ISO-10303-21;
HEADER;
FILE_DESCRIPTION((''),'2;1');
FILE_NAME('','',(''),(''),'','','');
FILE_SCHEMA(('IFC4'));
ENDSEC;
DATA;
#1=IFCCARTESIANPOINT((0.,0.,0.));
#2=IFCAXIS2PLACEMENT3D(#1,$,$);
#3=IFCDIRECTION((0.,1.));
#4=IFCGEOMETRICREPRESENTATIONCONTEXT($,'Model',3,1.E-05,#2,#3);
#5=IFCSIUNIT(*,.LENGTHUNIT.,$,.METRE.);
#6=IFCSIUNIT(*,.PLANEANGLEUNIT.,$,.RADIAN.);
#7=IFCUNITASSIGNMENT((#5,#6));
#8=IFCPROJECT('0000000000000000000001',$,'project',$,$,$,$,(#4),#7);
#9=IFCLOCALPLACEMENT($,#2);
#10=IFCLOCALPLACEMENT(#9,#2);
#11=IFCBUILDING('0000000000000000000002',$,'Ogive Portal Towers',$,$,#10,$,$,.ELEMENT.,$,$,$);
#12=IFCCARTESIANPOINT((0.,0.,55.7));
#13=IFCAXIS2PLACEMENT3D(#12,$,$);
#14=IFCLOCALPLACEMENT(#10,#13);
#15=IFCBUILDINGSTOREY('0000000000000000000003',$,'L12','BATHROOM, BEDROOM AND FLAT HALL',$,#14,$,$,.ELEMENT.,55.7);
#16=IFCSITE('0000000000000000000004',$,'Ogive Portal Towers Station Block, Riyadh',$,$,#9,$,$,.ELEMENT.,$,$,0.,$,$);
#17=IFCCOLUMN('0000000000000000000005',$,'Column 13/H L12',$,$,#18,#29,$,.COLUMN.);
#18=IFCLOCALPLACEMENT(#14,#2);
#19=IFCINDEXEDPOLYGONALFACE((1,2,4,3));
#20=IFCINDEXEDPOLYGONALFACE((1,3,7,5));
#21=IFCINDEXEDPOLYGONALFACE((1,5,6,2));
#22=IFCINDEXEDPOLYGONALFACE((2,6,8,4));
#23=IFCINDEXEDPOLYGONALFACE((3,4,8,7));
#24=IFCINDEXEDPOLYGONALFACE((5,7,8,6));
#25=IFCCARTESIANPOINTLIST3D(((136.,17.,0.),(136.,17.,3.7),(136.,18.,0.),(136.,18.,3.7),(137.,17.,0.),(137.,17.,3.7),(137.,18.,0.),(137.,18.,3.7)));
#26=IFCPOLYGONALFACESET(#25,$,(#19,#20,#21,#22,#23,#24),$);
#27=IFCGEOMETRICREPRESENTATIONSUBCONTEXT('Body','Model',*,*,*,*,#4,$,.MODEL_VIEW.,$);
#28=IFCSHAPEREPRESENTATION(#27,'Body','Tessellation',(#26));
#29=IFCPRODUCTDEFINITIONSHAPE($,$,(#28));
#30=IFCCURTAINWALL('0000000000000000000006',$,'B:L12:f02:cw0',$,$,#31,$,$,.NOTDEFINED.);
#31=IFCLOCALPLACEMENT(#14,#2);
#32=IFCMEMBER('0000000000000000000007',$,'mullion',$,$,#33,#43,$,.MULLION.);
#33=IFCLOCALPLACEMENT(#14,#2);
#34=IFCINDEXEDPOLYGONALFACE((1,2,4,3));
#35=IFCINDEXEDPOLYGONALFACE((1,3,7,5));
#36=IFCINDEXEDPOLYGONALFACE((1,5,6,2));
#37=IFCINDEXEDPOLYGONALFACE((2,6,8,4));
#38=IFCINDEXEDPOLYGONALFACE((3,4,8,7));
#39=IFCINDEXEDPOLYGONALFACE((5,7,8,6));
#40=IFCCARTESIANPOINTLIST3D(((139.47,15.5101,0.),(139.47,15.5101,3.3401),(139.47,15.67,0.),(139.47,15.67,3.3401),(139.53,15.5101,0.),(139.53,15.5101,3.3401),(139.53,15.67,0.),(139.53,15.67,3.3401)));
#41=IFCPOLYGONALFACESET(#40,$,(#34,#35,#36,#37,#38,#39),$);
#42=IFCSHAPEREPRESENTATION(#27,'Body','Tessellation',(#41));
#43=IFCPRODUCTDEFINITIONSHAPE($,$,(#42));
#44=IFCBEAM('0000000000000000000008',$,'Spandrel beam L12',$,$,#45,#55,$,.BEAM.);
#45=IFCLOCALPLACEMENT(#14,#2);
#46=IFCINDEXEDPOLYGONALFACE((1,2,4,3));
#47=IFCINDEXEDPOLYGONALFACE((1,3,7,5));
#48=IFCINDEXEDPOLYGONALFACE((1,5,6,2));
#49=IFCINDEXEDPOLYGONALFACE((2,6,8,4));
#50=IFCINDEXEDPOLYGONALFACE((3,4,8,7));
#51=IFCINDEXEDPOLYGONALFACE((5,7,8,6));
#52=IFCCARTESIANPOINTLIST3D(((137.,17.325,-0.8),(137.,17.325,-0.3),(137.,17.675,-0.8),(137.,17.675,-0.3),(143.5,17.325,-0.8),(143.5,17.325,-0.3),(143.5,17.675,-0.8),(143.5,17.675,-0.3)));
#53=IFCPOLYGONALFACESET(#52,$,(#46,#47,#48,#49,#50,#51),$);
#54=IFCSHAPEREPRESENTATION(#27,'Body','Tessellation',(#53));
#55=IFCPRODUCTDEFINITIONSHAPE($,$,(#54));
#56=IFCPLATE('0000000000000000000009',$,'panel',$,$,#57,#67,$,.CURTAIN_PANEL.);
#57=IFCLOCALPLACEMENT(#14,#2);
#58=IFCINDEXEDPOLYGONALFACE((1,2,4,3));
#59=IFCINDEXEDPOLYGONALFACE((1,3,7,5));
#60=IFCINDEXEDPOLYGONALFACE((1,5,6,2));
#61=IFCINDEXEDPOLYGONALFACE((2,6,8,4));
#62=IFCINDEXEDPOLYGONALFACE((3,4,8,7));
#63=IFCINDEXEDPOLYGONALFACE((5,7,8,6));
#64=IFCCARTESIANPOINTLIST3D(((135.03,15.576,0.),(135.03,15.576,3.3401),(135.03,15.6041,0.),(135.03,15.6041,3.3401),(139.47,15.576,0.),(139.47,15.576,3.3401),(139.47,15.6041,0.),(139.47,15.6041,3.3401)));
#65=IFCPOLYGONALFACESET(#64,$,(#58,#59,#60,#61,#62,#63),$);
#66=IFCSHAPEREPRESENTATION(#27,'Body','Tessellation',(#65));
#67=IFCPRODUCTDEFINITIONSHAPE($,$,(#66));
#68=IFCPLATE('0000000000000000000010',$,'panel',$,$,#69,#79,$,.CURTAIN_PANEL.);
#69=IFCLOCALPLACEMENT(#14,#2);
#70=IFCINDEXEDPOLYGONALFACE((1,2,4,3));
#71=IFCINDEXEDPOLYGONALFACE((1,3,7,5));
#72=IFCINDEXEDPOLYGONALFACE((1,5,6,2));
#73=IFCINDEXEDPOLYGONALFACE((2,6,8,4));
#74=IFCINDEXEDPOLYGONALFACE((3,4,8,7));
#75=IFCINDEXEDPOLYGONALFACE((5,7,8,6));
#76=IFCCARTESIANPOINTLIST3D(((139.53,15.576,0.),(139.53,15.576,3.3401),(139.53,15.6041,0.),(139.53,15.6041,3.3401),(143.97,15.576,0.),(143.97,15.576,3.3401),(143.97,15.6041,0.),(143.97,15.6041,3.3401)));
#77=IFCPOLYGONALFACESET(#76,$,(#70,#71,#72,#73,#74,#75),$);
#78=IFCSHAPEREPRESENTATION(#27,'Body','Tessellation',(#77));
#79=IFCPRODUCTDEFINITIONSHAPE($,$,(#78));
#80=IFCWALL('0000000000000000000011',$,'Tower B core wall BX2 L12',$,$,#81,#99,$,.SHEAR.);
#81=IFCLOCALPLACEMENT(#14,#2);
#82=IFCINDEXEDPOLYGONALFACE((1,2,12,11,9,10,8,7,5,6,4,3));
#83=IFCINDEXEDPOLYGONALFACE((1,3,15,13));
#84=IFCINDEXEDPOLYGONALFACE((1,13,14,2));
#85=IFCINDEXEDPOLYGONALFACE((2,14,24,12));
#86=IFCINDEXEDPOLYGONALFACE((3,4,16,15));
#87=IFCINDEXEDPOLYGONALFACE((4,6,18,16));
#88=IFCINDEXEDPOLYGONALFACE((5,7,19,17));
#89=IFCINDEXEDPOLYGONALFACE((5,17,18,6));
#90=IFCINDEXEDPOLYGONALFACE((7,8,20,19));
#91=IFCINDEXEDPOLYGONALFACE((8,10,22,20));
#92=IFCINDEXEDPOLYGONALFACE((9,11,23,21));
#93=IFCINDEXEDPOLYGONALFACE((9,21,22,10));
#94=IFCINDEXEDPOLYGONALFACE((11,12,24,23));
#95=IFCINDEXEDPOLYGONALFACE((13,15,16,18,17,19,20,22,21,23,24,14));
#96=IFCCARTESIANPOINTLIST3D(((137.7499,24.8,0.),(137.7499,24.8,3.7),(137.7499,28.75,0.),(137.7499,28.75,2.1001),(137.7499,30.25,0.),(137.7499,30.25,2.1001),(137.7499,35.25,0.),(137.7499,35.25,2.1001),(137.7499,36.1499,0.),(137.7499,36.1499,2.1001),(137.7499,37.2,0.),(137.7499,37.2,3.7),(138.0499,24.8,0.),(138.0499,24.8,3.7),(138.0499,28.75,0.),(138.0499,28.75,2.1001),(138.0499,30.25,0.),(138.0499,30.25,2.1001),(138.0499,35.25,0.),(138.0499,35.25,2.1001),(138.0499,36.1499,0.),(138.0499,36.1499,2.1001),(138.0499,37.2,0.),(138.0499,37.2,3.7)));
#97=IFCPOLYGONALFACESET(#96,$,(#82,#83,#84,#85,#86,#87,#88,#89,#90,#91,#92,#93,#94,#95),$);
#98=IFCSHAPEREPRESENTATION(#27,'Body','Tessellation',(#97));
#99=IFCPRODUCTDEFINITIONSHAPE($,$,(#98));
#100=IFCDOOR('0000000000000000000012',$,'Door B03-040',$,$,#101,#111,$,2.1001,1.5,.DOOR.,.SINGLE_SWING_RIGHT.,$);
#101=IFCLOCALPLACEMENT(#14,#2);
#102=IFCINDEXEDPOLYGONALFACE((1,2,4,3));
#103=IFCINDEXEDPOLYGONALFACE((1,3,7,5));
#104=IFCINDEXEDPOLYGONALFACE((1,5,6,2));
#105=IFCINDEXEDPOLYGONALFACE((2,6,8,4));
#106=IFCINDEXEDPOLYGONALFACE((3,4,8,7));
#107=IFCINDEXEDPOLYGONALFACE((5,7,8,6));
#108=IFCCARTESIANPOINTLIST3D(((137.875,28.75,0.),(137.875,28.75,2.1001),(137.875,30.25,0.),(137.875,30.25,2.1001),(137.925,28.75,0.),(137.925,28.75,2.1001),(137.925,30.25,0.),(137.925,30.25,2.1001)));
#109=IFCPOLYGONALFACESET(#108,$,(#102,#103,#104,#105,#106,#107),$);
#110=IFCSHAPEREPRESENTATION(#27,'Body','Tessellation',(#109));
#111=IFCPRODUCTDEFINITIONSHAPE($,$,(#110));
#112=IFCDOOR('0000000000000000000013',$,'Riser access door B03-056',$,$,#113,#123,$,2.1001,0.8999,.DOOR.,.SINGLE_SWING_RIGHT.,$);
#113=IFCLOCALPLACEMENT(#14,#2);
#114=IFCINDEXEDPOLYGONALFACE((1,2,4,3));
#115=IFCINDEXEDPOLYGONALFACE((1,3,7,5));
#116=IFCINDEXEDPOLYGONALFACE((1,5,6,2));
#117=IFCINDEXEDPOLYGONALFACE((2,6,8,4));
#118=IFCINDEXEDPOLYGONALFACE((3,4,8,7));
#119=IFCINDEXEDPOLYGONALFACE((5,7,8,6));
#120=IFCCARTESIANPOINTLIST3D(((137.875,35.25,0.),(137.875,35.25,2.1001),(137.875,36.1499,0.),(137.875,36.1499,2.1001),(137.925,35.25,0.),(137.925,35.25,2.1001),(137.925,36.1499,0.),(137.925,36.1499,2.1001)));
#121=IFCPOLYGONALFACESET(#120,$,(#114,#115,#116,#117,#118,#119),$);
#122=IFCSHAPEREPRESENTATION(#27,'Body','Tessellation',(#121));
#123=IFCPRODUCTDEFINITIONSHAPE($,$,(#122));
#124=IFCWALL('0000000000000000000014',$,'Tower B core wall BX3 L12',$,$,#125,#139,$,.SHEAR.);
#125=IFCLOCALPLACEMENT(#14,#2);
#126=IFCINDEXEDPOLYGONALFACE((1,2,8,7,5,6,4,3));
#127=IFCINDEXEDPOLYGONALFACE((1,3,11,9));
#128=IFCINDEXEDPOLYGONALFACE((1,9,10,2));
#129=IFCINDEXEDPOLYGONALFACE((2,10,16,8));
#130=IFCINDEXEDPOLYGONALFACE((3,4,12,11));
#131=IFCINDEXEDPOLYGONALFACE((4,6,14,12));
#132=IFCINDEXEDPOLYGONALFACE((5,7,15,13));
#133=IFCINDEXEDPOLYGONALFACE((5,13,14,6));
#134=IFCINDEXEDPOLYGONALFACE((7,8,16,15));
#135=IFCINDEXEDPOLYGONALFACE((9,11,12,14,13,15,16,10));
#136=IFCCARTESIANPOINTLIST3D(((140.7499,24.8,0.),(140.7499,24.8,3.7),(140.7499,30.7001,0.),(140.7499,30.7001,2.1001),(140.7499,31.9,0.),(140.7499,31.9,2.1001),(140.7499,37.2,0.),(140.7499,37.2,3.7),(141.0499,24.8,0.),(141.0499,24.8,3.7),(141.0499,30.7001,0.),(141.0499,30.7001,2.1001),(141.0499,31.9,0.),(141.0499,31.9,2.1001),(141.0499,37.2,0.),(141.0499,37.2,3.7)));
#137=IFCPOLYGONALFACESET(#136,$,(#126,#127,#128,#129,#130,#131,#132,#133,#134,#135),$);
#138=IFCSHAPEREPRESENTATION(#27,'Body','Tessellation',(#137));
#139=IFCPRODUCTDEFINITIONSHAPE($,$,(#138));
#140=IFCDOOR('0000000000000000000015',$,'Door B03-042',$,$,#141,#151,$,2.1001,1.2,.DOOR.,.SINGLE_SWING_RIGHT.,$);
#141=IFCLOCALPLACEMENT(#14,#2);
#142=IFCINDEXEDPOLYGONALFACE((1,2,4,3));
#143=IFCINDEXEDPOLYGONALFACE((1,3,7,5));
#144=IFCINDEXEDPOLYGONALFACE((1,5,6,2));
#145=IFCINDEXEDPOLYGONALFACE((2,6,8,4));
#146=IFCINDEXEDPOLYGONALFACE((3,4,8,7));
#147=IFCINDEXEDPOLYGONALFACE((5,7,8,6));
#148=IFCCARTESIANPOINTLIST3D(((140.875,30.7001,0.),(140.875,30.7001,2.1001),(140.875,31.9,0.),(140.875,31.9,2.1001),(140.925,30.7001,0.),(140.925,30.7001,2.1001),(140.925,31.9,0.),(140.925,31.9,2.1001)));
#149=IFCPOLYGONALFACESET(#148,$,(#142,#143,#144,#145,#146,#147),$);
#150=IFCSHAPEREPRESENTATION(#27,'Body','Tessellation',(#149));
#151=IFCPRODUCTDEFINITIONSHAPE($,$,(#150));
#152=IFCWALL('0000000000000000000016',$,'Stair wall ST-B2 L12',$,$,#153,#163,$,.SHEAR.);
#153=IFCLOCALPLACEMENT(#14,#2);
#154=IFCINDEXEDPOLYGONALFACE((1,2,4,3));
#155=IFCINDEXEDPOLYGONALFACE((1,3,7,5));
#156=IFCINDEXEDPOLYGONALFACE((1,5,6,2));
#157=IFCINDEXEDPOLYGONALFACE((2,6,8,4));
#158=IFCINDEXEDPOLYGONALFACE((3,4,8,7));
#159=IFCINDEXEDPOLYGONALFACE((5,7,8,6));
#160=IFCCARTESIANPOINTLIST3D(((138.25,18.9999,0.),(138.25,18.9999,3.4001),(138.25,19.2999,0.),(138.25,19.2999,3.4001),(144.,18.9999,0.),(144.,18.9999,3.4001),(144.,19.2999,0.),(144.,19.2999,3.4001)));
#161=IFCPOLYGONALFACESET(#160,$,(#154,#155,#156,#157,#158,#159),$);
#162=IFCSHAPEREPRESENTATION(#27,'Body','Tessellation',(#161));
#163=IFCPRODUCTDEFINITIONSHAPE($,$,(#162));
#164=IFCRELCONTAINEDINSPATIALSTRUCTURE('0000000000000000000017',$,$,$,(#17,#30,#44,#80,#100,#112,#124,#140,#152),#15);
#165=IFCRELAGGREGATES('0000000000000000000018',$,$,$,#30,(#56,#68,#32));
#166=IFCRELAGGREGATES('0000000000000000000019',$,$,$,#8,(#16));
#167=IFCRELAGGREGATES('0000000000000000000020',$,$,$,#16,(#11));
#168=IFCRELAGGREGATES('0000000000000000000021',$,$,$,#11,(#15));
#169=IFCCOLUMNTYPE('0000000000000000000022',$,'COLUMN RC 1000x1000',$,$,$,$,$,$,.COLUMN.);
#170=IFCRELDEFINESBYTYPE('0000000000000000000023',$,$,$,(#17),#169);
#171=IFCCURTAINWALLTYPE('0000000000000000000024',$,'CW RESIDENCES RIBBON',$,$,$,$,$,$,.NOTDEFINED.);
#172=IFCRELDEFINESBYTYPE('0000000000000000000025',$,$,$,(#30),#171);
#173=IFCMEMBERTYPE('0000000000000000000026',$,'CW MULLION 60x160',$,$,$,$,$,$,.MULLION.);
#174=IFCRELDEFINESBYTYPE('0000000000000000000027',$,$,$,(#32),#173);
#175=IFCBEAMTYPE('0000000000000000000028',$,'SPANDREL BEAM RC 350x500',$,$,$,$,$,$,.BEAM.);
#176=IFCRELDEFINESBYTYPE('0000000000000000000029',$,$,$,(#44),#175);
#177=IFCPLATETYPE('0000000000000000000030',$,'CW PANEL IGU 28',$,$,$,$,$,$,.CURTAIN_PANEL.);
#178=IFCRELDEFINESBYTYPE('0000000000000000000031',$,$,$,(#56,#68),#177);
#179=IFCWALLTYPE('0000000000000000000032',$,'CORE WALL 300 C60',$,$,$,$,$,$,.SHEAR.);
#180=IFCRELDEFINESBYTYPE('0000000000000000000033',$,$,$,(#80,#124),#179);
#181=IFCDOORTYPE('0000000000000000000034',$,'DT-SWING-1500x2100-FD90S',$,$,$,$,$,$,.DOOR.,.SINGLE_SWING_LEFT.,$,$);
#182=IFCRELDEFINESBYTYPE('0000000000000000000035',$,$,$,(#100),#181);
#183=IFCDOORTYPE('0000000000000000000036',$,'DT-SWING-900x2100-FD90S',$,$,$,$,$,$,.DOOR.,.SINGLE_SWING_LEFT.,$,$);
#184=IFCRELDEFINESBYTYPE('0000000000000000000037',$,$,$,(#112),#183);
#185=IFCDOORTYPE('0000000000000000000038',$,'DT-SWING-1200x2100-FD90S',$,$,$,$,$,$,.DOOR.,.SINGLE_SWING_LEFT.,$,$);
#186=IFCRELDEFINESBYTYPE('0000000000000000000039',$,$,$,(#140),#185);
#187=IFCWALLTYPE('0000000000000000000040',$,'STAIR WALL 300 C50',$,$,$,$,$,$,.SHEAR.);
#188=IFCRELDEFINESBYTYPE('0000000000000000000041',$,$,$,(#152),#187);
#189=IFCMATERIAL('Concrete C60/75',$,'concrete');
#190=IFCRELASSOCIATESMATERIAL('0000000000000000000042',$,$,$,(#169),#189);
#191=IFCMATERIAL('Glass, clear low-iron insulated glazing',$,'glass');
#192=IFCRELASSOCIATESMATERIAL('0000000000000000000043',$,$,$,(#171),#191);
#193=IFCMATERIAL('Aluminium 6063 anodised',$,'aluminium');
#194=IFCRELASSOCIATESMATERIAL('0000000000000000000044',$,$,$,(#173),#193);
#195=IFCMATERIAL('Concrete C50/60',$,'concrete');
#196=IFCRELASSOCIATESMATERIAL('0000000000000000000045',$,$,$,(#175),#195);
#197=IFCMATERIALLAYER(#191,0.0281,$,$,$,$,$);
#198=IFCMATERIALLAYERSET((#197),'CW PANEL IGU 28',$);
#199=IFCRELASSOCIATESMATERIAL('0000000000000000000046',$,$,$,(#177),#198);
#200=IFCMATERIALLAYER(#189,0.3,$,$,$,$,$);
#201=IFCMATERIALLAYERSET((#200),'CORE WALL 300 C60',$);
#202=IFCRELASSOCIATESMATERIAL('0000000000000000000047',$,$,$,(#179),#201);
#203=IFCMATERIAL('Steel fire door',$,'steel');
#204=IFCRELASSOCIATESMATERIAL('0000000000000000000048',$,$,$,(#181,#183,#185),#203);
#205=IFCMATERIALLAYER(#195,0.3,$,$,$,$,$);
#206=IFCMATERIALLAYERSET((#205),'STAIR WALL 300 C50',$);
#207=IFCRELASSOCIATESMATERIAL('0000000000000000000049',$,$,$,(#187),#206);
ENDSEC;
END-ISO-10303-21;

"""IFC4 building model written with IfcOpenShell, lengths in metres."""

from ifc_helpers import new_model, si_unit, direction, frame, frame_2d, origin, origin_2d, place, context, subcontext, project, spatial, rectangle, extrude, material, layer, layer_set, material_profile, profile_set, type_object, element, fill, aggregate, save


model = new_model("IFC4")

# Units and contexts
model_context = context("Model", 3, precision=1e-05, world=origin(), true_north=direction((0.0, 1.0)))
body_context = subcontext(model_context, "Body", "Model", "MODEL_VIEW")
ifc_project = project(units=[si_unit("LENGTHUNIT", "METRE"), si_unit("PLANEANGLEUNIT", "RADIAN")], contexts=[model_context])

# Site, building, storey
site_placement = place(None, origin())
site = spatial("IfcSite", under=ifc_project, at=site_placement, Name="Ogive Portal Towers Station Block, Riyadh", CompositionType="ELEMENT", RefElevation=0.0)
building_placement = place(site_placement, origin())
building = spatial("IfcBuilding", under=site, at=building_placement, Name="Ogive Portal Towers", CompositionType="ELEMENT")
storey_placement = place(building_placement, frame((0.0, 0.0, 55.7)))
storey = spatial("IfcBuildingStorey", under=building, at=storey_placement, Name="L12", Description="BATHROOM, BEDROOM AND FLAT HALL", CompositionType="ELEMENT", Elevation=55.7)

# Column
ifc_material_1 = material(Name="Concrete C60/75", Category="concrete")
ifc_material_profile_1 = material_profile(ifc_material_1, rectangle(XDim=1.0, YDim=1.0, at=origin_2d()), Name="RC 1000x1000")
ifc_profile_set_1 = profile_set([ifc_material_profile_1], Name="Concrete C60/75")
column_type = type_object("IfcColumnType", Name="COLUMN RC 1000x1000", PredefinedType="COLUMN", material=ifc_profile_set_1)
column_placement = place(storey_placement, frame((136.5, 17.5, 0.0), z_axis=(0.0, 0.0, 1.0), x_axis=(1.0, 0.0, 0.0)))
element("IfcColumn", 1, at=column_placement, inside=storey, type_object=column_type, Name="Column 13/H L12", PredefinedType="COLUMN", context=body_context, shape_type="SweptSolid", body=[
    extrude(rectangle(XDim=1.0, YDim=1.0, at=origin_2d()), origin(), (0.0, 0.0, 1.0), 3.7),
])

# Curtain wall, member
ifc_material_2 = material(Name="Glass, clear low-iron insulated glazing", Category="glass")
curtain_wall_type = type_object("IfcCurtainWallType", Name="CW RESIDENCES RIBBON", PredefinedType="NOTDEFINED", material=ifc_material_2)
curtain_wall_placement = place(storey_placement, origin())
curtain_wall = element("IfcCurtainWall", 2, at=curtain_wall_placement, inside=storey, type_object=curtain_wall_type, Name="B:L12:f02:cw0", PredefinedType="NOTDEFINED")
ifc_material_3 = material(Name="Aluminium 6063 anodised", Category="aluminium")
ifc_material_profile_2 = material_profile(ifc_material_3, rectangle(XDim=0.1599, YDim=0.0601, at=origin_2d()), Name="AL 60x160")
ifc_profile_set_2 = profile_set([ifc_material_profile_2], Name="Aluminium 6063 anodised")
member_type = type_object("IfcMemberType", Name="CW MULLION 60x160", PredefinedType="MULLION", material=ifc_profile_set_2)
member_placement = place(storey_placement, frame((139.5, 15.5901, 0.0), z_axis=(0.0, 0.0, 1.0), x_axis=(0.0, 1.0, 0.0)))
member = element("IfcMember", 3, at=member_placement, type_object=member_type, Name="mullion", PredefinedType="MULLION", context=body_context, shape_type="SweptSolid", body=[
    extrude(rectangle(XDim=0.1599, YDim=0.0601, at=origin_2d()), origin(), (0.0, 0.0, 1.0), 3.3401),
])

# Beam
ifc_material_4 = material(Name="Concrete C50/60", Category="concrete")
ifc_material_profile_3 = material_profile(ifc_material_4, rectangle(XDim=0.3501, YDim=0.5, at=origin_2d()), Name="RC 350x500")
ifc_profile_set_3 = profile_set([ifc_material_profile_3], Name="Concrete C50/60")
beam_type = type_object("IfcBeamType", Name="SPANDREL BEAM RC 350x500", PredefinedType="BEAM", material=ifc_profile_set_3)
beam_placement = place(storey_placement, frame((137.0, 17.5, -0.55), z_axis=(1.0, 0.0, 0.0), x_axis=(0.0, 1.0, 0.0)))
element("IfcBeam", 4, at=beam_placement, inside=storey, type_object=beam_type, Name="Spandrel beam L12", PredefinedType="BEAM", context=body_context, shape_type="SweptSolid", body=[
    extrude(rectangle(XDim=0.3501, YDim=0.5, at=origin_2d()), origin(), (0.0, 0.0, 1.0), 6.5),
])

# Plates
ifc_layer_1 = layer(ifc_material_2, 0.0281)
ifc_layer_set_1 = layer_set([ifc_layer_1], Name="CW PANEL IGU 28")
plate_type = type_object("IfcPlateType", Name="CW PANEL IGU 28", PredefinedType="CURTAIN_PANEL", material=ifc_layer_set_1)
plate_1_placement = place(storey_placement, frame((137.25, 15.5901, 0.0), z_axis=(0.0, 0.0, 1.0), x_axis=(1.0, 0.0, 0.0)))
plate_1 = element("IfcPlate", 5, at=plate_1_placement, type_object=plate_type, Name="panel", PredefinedType="CURTAIN_PANEL", context=body_context, shape_type="SweptSolid", body=[
    extrude(rectangle(XDim=4.4399, YDim=0.0281, at=origin_2d()), origin(), (0.0, 0.0, 1.0), 3.3401),
])
plate_2_placement = place(storey_placement, frame((141.75, 15.5901, 0.0), z_axis=(0.0, 0.0, 1.0), x_axis=(1.0, 0.0, 0.0)))
plate_2 = element("IfcPlate", 6, at=plate_2_placement, type_object=plate_type, Name="panel", PredefinedType="CURTAIN_PANEL", context=body_context, shape_type="SweptSolid", body=[
    extrude(rectangle(XDim=4.4399, YDim=0.0281, at=origin_2d()), origin(), (0.0, 0.0, 1.0), 3.3401),
])
aggregate(curtain_wall, [plate_1, plate_2, member])

# Wall, openings, doors
ifc_layer_2 = layer(ifc_material_1, 0.3)
ifc_layer_set_2 = layer_set([ifc_layer_2], Name="CORE WALL 300 C60")
wall_type_1 = type_object("IfcWallType", Name="CORE WALL 300 C60", PredefinedType="SHEAR", material=ifc_layer_set_2)
wall_1_placement = place(storey_placement, frame((137.8999, 24.8, 0.0), z_axis=(0.0, 0.0, 1.0), x_axis=(0.0, 1.0, 0.0)))
wall_1 = element("IfcWall", 7, at=wall_1_placement, inside=storey, type_object=wall_type_1, Name="Tower B core wall BX2 L12", PredefinedType="SHEAR", context=body_context, shape_type="SweptSolid", body=[
    extrude(rectangle(XDim=12.3999, YDim=0.3, at=frame_2d((6.2, 0.0))), origin(), (0.0, 0.0, 1.0), 3.7),
])
opening_1_placement = place(wall_1_placement, frame((3.95, 0.0, 0.0)))
opening_1 = element("IfcOpeningElement", 8, at=opening_1_placement, cuts=wall_1, PredefinedType="OPENING", context=body_context, shape_type="SweptSolid", body=[
    extrude(rectangle(XDim=1.5, YDim=2.1001, at=frame_2d((0.75, 1.05))), frame((0.0, 0.1602, 0.0), z_axis=(0.0, -1.0, 0.0), x_axis=(1.0, 0.0, 0.0)), (0.0, 0.0, 1.0), 0.3201),
])
opening_2_placement = place(wall_1_placement, frame((10.45, 0.0, 0.0)))
opening_2 = element("IfcOpeningElement", 9, at=opening_2_placement, cuts=wall_1, PredefinedType="OPENING", context=body_context, shape_type="SweptSolid", body=[
    extrude(rectangle(XDim=0.8999, YDim=2.1001, at=frame_2d((0.45, 1.05))), frame((0.0, 0.1602, 0.0), z_axis=(0.0, -1.0, 0.0), x_axis=(1.0, 0.0, 0.0)), (0.0, 0.0, 1.0), 0.3201),
])
ifc_material_5 = material(Name="Steel fire door", Category="steel")
door_type_1 = type_object("IfcDoorType", Name="DT-SWING-1500x2100-FD90S", OperationType="SINGLE_SWING_LEFT", PredefinedType="DOOR", material=ifc_material_5)
door_1_placement = place(opening_1_placement, origin())
door_1 = element("IfcDoor", 10, at=door_1_placement, inside=storey, type_object=door_type_1, Name="Door B03-040", OperationType="SINGLE_SWING_RIGHT", OverallHeight=2.1001, OverallWidth=1.5, PredefinedType="DOOR", context=body_context, shape_type="SweptSolid", body=[
    extrude(rectangle(XDim=1.5, YDim=2.1001, at=frame_2d((0.75, 1.05))), frame((0.0, 0.0249, 0.0), z_axis=(0.0, -1.0, 0.0), x_axis=(1.0, 0.0, 0.0)), (0.0, 0.0, 1.0), 0.05),
])
fill(opening_1, door_1)
door_type_2 = type_object("IfcDoorType", Name="DT-SWING-900x2100-FD90S", OperationType="SINGLE_SWING_LEFT", PredefinedType="DOOR", material=ifc_material_5)
door_2_placement = place(opening_2_placement, origin())
door_2 = element("IfcDoor", 11, at=door_2_placement, inside=storey, type_object=door_type_2, Name="Riser access door B03-056", OperationType="SINGLE_SWING_RIGHT", OverallHeight=2.1001, OverallWidth=0.8999, PredefinedType="DOOR", context=body_context, shape_type="SweptSolid", body=[
    extrude(rectangle(XDim=0.8999, YDim=2.1001, at=frame_2d((0.45, 1.05))), frame((0.0, 0.0249, 0.0), z_axis=(0.0, -1.0, 0.0), x_axis=(1.0, 0.0, 0.0)), (0.0, 0.0, 1.0), 0.05),
])
fill(opening_2, door_2)

# Wall, opening, door
wall_2_placement = place(storey_placement, frame((140.8999, 24.8, 0.0), z_axis=(0.0, 0.0, 1.0), x_axis=(0.0, 1.0, 0.0)))
wall_2 = element("IfcWall", 12, at=wall_2_placement, inside=storey, type_object=wall_type_1, Name="Tower B core wall BX3 L12", PredefinedType="SHEAR", context=body_context, shape_type="SweptSolid", body=[
    extrude(rectangle(XDim=12.3999, YDim=0.3, at=frame_2d((6.2, 0.0))), origin(), (0.0, 0.0, 1.0), 3.7),
])
opening_3_placement = place(wall_2_placement, frame((5.8999, 0.0, 0.0)))
opening_3 = element("IfcOpeningElement", 13, at=opening_3_placement, cuts=wall_2, PredefinedType="OPENING", context=body_context, shape_type="SweptSolid", body=[
    extrude(rectangle(XDim=1.2, YDim=2.1001, at=frame_2d((0.6001, 1.05))), frame((0.0, 0.1602, 0.0), z_axis=(0.0, -1.0, 0.0), x_axis=(1.0, 0.0, 0.0)), (0.0, 0.0, 1.0), 0.3201),
])
door_type_3 = type_object("IfcDoorType", Name="DT-SWING-1200x2100-FD90S", OperationType="SINGLE_SWING_LEFT", PredefinedType="DOOR", material=ifc_material_5)
door_3_placement = place(opening_3_placement, origin())
door_3 = element("IfcDoor", 14, at=door_3_placement, inside=storey, type_object=door_type_3, Name="Door B03-042", OperationType="SINGLE_SWING_RIGHT", OverallHeight=2.1001, OverallWidth=1.2, PredefinedType="DOOR", context=body_context, shape_type="SweptSolid", body=[
    extrude(rectangle(XDim=1.2, YDim=2.1001, at=frame_2d((0.6001, 1.05))), frame((0.0, 0.0249, 0.0), z_axis=(0.0, -1.0, 0.0), x_axis=(1.0, 0.0, 0.0)), (0.0, 0.0, 1.0), 0.05),
])
fill(opening_3, door_3)

# Wall
ifc_layer_3 = layer(ifc_material_4, 0.3)
ifc_layer_set_3 = layer_set([ifc_layer_3], Name="STAIR WALL 300 C50")
wall_type_2 = type_object("IfcWallType", Name="STAIR WALL 300 C50", PredefinedType="SHEAR", material=ifc_layer_set_3)
wall_3_placement = place(storey_placement, frame((138.25, 19.1499, 0.0), z_axis=(0.0, 0.0, 1.0), x_axis=(1.0, 0.0, 0.0)))
element("IfcWall", 15, at=wall_3_placement, inside=storey, type_object=wall_type_2, Name="Stair wall ST-B2 L12", PredefinedType="SHEAR", context=body_context, shape_type="SweptSolid", body=[
    extrude(rectangle(XDim=5.75, YDim=0.3, at=frame_2d((2.875, 0.0))), origin(), (0.0, 0.0, 1.0), 3.4001),
])

save(model, "model.ifc")
